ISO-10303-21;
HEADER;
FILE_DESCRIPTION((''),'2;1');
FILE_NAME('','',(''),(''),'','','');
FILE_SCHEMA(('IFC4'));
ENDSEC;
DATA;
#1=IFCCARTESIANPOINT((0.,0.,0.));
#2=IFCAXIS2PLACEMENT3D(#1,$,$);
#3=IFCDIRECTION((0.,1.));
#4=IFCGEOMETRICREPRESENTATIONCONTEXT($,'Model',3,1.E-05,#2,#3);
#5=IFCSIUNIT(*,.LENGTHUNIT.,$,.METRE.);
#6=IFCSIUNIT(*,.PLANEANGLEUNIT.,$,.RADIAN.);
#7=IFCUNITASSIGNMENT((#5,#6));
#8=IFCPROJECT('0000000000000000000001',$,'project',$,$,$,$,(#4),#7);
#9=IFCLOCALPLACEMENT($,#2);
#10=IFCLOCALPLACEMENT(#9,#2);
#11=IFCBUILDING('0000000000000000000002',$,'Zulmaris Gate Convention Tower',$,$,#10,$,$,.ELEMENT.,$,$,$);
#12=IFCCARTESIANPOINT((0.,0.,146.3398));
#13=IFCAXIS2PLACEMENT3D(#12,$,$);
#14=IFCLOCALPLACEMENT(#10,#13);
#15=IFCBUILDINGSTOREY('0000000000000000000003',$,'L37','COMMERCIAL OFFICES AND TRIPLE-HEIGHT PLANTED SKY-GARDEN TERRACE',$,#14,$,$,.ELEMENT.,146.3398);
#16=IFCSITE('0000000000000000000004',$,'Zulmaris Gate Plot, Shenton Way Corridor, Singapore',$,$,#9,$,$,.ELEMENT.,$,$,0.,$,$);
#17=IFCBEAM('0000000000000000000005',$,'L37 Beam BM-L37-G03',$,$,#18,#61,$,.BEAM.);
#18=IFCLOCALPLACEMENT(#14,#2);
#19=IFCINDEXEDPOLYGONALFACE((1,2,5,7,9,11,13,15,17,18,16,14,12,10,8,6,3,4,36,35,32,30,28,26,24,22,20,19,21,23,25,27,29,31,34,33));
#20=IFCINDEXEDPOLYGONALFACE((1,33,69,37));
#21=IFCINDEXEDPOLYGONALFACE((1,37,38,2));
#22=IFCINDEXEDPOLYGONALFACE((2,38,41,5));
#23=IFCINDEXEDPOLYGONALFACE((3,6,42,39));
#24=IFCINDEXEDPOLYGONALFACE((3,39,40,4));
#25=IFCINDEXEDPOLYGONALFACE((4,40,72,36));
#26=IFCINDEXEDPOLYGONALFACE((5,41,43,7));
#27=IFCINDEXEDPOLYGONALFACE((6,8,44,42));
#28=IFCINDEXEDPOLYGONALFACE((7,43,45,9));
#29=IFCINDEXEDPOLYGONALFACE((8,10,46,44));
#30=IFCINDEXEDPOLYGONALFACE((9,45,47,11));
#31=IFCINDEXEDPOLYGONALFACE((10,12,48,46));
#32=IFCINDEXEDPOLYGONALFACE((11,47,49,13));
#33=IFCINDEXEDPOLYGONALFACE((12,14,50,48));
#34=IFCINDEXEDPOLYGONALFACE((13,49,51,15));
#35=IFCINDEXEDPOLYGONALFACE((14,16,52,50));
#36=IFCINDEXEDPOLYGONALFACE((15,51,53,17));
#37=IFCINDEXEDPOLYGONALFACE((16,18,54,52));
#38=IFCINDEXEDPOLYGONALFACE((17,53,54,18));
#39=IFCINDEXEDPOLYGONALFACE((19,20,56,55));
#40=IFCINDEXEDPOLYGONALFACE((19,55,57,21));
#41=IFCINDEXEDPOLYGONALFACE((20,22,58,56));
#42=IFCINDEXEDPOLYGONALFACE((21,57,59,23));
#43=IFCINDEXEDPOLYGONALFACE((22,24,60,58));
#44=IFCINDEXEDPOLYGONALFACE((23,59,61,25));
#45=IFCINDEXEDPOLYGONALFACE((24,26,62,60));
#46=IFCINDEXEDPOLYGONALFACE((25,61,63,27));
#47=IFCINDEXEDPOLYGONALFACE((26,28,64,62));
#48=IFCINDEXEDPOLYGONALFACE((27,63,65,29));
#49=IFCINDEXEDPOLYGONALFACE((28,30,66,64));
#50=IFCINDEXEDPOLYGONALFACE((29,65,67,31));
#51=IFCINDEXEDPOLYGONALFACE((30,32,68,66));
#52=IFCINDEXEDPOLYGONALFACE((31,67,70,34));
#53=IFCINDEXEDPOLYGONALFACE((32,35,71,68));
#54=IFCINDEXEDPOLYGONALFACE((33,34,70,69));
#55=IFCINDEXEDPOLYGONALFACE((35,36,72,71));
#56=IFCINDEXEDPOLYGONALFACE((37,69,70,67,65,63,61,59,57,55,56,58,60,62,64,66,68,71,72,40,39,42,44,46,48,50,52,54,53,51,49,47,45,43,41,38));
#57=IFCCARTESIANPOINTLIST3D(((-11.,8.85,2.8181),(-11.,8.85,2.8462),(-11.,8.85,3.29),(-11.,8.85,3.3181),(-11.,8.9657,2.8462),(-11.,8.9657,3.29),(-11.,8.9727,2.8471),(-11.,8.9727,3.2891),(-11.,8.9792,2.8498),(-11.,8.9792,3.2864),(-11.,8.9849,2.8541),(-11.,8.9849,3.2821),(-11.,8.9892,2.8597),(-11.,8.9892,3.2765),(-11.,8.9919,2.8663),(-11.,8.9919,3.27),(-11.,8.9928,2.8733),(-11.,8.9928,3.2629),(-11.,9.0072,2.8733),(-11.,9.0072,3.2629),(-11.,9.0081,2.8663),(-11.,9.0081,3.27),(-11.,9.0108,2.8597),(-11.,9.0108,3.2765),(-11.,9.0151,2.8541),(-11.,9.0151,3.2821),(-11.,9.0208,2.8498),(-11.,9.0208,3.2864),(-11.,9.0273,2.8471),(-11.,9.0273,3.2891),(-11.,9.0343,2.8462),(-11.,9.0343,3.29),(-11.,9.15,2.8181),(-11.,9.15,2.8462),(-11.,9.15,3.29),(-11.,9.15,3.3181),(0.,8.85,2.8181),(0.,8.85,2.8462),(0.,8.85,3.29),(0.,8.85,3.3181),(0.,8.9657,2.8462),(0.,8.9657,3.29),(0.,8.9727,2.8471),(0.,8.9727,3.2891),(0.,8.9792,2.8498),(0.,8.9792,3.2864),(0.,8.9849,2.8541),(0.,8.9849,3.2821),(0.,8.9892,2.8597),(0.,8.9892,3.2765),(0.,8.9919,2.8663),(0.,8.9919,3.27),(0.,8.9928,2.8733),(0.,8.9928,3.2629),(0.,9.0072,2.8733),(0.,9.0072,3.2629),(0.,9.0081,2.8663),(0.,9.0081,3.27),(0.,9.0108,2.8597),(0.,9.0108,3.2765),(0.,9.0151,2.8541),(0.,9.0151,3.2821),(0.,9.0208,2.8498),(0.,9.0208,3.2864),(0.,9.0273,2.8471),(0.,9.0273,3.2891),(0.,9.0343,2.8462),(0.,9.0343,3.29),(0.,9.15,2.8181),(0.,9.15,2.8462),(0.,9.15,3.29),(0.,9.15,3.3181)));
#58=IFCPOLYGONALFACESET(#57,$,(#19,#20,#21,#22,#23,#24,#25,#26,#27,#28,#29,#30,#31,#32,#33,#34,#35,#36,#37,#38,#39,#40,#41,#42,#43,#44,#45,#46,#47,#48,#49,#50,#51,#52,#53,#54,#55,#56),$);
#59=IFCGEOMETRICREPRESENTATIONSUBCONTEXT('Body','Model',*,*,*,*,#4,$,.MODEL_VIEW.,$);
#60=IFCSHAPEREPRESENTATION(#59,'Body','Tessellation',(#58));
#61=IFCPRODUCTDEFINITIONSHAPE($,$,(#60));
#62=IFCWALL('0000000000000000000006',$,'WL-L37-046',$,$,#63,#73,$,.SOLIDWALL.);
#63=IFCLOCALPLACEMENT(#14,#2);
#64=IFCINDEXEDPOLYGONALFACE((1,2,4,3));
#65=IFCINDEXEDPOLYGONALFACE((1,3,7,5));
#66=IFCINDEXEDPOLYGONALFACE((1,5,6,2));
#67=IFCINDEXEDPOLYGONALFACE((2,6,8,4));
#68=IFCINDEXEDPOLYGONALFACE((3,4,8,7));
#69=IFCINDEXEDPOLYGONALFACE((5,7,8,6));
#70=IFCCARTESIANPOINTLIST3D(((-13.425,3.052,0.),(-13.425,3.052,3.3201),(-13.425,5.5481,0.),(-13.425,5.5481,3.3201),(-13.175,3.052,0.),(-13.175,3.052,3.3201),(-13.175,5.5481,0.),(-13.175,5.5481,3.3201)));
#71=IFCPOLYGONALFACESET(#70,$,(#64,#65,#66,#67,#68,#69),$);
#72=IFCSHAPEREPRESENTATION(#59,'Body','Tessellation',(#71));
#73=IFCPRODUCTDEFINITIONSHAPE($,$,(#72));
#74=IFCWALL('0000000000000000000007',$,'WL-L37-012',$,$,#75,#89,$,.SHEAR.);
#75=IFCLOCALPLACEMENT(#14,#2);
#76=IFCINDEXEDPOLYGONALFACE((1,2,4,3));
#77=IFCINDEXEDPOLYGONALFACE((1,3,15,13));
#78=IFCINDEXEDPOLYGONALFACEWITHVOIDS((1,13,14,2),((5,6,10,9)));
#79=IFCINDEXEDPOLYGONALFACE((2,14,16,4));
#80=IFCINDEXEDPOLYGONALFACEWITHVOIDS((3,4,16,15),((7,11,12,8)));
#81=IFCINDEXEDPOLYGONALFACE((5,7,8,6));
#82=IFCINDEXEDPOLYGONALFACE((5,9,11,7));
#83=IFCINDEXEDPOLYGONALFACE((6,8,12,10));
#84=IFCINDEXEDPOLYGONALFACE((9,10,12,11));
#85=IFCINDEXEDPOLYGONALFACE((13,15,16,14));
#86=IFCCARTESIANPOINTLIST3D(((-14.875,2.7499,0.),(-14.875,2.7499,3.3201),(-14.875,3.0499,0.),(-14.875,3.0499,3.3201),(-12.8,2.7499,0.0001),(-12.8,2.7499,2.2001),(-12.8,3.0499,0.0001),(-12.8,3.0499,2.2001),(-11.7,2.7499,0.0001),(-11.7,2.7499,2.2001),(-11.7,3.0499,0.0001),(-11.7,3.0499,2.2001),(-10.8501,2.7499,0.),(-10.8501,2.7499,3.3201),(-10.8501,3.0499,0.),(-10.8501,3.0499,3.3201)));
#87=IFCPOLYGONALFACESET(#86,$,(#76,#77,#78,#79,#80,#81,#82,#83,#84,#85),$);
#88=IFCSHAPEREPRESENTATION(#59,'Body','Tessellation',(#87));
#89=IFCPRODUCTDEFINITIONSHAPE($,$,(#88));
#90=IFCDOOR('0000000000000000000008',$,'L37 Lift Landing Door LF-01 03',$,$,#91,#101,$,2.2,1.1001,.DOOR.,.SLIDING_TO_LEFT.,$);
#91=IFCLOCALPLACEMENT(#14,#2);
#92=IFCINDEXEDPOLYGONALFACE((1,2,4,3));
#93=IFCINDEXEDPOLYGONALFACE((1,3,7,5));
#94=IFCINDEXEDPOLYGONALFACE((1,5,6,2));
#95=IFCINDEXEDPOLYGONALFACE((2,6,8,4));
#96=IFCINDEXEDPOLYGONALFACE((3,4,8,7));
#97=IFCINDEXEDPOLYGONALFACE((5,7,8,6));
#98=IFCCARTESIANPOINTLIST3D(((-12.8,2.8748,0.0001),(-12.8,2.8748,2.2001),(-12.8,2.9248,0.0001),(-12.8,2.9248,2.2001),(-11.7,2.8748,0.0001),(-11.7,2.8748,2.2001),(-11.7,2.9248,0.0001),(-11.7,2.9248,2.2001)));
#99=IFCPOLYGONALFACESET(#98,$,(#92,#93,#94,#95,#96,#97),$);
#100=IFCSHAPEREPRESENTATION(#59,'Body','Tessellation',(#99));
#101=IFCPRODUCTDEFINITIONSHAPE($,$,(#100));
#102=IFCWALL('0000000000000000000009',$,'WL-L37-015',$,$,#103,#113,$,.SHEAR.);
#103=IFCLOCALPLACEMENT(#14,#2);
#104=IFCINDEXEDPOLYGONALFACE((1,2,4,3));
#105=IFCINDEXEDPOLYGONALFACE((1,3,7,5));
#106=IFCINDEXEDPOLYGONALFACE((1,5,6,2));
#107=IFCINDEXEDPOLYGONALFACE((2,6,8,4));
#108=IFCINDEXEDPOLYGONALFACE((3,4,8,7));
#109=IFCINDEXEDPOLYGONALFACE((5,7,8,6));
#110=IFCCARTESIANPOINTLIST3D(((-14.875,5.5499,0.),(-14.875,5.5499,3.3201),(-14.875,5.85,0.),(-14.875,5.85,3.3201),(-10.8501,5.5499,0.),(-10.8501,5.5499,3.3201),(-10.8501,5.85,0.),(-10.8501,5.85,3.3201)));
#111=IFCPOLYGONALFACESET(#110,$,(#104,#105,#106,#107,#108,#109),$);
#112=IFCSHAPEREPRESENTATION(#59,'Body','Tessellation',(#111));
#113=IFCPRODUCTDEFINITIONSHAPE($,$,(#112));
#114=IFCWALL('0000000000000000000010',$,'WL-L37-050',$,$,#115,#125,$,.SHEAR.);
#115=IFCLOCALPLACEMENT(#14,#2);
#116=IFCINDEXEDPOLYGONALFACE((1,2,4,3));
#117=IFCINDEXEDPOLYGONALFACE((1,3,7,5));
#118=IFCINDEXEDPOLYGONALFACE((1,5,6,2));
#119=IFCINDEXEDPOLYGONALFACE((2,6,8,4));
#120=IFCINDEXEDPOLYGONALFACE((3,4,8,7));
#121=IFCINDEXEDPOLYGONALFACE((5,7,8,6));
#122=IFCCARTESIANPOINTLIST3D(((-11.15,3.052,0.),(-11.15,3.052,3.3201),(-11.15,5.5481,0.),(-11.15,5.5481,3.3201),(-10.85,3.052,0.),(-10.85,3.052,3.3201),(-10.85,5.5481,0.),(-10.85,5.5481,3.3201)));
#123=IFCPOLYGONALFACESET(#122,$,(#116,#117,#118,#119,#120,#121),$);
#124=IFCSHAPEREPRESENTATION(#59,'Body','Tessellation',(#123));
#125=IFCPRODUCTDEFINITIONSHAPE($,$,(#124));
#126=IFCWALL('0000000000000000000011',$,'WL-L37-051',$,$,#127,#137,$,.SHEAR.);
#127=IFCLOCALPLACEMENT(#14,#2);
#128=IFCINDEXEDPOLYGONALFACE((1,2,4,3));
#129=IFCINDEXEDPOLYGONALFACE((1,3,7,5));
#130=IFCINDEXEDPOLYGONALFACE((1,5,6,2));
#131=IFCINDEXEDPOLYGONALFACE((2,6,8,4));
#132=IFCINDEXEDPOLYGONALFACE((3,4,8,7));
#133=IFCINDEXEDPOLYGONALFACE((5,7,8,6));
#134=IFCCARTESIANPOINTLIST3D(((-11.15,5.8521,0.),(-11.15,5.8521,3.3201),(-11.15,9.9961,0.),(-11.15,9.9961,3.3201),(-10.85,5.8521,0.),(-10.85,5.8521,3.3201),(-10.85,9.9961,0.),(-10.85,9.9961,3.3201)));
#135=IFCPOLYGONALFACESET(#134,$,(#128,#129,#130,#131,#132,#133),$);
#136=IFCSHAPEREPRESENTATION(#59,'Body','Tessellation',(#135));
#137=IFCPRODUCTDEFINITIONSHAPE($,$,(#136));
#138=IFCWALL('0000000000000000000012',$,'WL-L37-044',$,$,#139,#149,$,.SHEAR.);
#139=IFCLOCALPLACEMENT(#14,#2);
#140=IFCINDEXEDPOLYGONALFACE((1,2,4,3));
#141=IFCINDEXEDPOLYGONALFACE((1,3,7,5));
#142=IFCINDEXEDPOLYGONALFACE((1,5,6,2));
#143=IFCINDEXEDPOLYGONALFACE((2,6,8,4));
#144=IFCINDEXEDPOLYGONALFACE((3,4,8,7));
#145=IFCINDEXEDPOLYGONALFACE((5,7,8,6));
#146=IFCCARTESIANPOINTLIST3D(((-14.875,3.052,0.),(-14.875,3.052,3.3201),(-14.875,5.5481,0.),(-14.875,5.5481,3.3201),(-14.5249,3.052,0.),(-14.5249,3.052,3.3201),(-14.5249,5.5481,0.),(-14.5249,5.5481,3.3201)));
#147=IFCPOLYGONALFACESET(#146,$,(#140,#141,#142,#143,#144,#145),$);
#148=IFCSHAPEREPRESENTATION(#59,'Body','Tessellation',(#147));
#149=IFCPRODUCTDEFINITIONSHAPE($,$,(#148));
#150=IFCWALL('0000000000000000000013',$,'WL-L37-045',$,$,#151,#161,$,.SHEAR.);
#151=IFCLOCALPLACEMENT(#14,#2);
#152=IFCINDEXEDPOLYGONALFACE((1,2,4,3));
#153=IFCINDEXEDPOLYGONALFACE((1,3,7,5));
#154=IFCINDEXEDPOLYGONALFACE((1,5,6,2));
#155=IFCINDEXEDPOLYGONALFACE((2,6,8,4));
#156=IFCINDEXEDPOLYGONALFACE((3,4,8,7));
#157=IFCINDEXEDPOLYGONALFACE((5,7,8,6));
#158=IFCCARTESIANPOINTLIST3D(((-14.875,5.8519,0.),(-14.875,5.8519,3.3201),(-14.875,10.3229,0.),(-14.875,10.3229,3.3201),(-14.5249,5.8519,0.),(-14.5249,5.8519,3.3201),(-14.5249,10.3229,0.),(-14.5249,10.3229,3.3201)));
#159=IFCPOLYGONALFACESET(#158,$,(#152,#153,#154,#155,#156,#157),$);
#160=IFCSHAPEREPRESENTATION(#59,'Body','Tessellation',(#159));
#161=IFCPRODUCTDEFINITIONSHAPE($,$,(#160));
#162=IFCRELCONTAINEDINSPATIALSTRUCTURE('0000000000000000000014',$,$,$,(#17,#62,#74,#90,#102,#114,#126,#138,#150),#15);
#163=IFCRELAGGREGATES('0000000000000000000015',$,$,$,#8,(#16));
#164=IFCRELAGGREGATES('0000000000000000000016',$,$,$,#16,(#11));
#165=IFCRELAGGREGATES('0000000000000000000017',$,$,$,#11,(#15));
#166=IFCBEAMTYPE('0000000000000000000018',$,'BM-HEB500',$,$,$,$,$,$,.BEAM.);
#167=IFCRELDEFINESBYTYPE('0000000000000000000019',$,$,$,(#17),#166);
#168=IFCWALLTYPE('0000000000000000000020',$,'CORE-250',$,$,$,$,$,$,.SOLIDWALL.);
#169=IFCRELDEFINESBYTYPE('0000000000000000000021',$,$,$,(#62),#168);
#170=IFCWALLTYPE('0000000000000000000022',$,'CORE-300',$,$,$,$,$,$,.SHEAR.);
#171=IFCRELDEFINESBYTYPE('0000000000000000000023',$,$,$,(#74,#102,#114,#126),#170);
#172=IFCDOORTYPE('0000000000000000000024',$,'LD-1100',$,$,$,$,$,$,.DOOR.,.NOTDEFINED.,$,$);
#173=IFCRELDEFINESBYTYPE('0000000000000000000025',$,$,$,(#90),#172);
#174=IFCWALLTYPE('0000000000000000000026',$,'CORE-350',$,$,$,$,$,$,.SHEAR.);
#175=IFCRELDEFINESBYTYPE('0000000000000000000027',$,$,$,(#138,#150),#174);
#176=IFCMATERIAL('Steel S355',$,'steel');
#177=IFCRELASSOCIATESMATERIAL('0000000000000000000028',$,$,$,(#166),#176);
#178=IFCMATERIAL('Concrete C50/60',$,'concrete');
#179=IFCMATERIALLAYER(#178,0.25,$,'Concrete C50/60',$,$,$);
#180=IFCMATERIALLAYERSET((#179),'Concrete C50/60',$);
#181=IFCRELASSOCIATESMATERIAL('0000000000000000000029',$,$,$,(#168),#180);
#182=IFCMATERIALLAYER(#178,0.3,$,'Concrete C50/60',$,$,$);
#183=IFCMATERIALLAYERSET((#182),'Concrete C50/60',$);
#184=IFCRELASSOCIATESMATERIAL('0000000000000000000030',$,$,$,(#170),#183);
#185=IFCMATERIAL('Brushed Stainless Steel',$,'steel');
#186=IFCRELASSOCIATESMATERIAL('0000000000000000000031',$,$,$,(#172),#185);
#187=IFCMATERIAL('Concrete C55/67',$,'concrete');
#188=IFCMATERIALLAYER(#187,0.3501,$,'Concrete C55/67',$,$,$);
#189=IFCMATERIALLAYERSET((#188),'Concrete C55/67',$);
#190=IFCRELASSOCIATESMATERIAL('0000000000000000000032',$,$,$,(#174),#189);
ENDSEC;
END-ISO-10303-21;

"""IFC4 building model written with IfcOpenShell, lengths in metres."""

from ifc_helpers import new_model, si_unit, direction, frame, frame_2d, origin, origin_2d, place, context, subcontext, project, spatial, rectangle, i_section, extrude, material, layer, layer_set, material_profile, profile_set, type_object, element, fill, save


model = new_model("IFC4")

# Units and contexts
model_context = context("Model", 3, precision=1e-05, world=origin(), true_north=direction((0.0, 1.0)))
body_context = subcontext(model_context, "Body", "Model", "MODEL_VIEW")
ifc_project = project(units=[si_unit("LENGTHUNIT", "METRE"), si_unit("PLANEANGLEUNIT", "RADIAN")], contexts=[model_context])

# Site, building, storey
site_placement = place(None, origin())
site = spatial("IfcSite", under=ifc_project, at=site_placement, Name="Zulmaris Gate Plot, Shenton Way Corridor, Singapore", CompositionType="ELEMENT", RefElevation=0.0)
building_placement = place(site_placement, origin())
building = spatial("IfcBuilding", under=site, at=building_placement, Name="Zulmaris Gate Convention Tower", CompositionType="ELEMENT")
storey_placement = place(building_placement, frame((0.0, 0.0, 146.3398)))
storey = spatial("IfcBuildingStorey", under=building, at=storey_placement, Name="L37", Description="COMMERCIAL OFFICES AND TRIPLE-HEIGHT PLANTED SKY-GARDEN TERRACE", CompositionType="ELEMENT", Elevation=146.3398)

# Beam
ifc_material_1 = material(Name="Steel S355", Category="steel")
ifc_material_profile = material_profile(ifc_material_1, i_section(OverallWidth=0.3, OverallDepth=0.5, WebThickness=0.0144, FlangeThickness=0.0281, FilletRadius=0.0271, at=origin_2d()), Name="HEB 500")
ifc_profile_set = profile_set([ifc_material_profile], Name="Steel S355")
beam_type = type_object("IfcBeamType", Name="BM-HEB500", PredefinedType="BEAM", material=ifc_profile_set)
beam_placement = place(storey_placement, frame((-11.0, 9.0, 3.0681), z_axis=(1.0, 0.0, 0.0), x_axis=(0.0, 1.0, 0.0)))
element("IfcBeam", 1, at=beam_placement, inside=storey, type_object=beam_type, Name="L37 Beam BM-L37-G03", PredefinedType="BEAM", context=body_context, shape_type="SweptSolid", body=[
    extrude(i_section(OverallWidth=0.3, OverallDepth=0.5, WebThickness=0.0144, FlangeThickness=0.0281, FilletRadius=0.0271, at=origin_2d()), origin(), (0.0, 0.0, 1.0), 11.0),
])

# Wall
ifc_material_2 = material(Name="Concrete C50/60", Category="concrete")
ifc_layer_1 = layer(ifc_material_2, 0.25, Name="Concrete C50/60")
ifc_layer_set_1 = layer_set([ifc_layer_1], Name="Concrete C50/60")
wall_type_1 = type_object("IfcWallType", Name="CORE-250", PredefinedType="SOLIDWALL", material=ifc_layer_set_1)
wall_1_placement = place(storey_placement, frame((-13.3, 3.052, 0.0), z_axis=(0.0, 0.0, 1.0), x_axis=(0.0, 1.0, 0.0)))
element("IfcWall", 2, at=wall_1_placement, inside=storey, type_object=wall_type_1, Name="WL-L37-046", PredefinedType="SOLIDWALL", context=body_context, shape_type="SweptSolid", body=[
    extrude(rectangle(XDim=2.4961, YDim=0.25, at=frame_2d((1.248, 0.0))), origin(), (0.0, 0.0, 1.0), 3.3201),
])

# Wall, opening, door
ifc_layer_2 = layer(ifc_material_2, 0.3, Name="Concrete C50/60")
ifc_layer_set_2 = layer_set([ifc_layer_2], Name="Concrete C50/60")
wall_type_2 = type_object("IfcWallType", Name="CORE-300", PredefinedType="SHEAR", material=ifc_layer_set_2)
wall_2_placement = place(storey_placement, frame((-14.875, 2.8999, 0.0), z_axis=(0.0, 0.0, 1.0), x_axis=(1.0, 0.0, 0.0)))
wall_2 = element("IfcWall", 3, at=wall_2_placement, inside=storey, type_object=wall_type_2, Name="WL-L37-012", PredefinedType="SHEAR", context=body_context, shape_type="SweptSolid", body=[
    extrude(rectangle(XDim=4.0249, YDim=0.3, at=frame_2d((2.0125, 0.0))), origin(), (0.0, 0.0, 1.0), 3.3201),
])
opening_1_placement = place(wall_2_placement, frame((2.075, 0.0, 0.0)))
opening_1 = element("IfcOpeningElement", 4, at=opening_1_placement, cuts=wall_2, PredefinedType="OPENING", context=body_context, shape_type="SweptSolid", body=[
    extrude(rectangle(XDim=1.1001, YDim=2.2, at=frame_2d((0.55, 1.1001))), frame((0.0, 0.1602, 0.0), z_axis=(0.0, -1.0, 0.0), x_axis=(1.0, 0.0, 0.0)), (0.0, 0.0, 1.0), 0.3201),
])
ifc_material_3 = material(Name="Brushed Stainless Steel", Category="steel")
door_type_1 = type_object("IfcDoorType", Name="LD-1100", OperationType="NOTDEFINED", PredefinedType="DOOR", material=ifc_material_3)
door_1_placement = place(opening_1_placement, origin())
door_1 = element("IfcDoor", 5, at=door_1_placement, inside=storey, type_object=door_type_1, Name="L37 Lift Landing Door LF-01 03", OperationType="SLIDING_TO_LEFT", OverallHeight=2.2, OverallWidth=1.1001, PredefinedType="DOOR", context=body_context, shape_type="SweptSolid", body=[
    extrude(rectangle(XDim=1.1001, YDim=2.2, at=frame_2d((0.55, 1.1001))), frame((0.0, 0.0249, 0.0), z_axis=(0.0, -1.0, 0.0), x_axis=(1.0, 0.0, 0.0)), (0.0, 0.0, 1.0), 0.05),
])
fill(opening_1, door_1)

# Wall
wall_3_placement = place(storey_placement, frame((-14.875, 5.7, 0.0), z_axis=(0.0, 0.0, 1.0), x_axis=(1.0, 0.0, 0.0)))
element("IfcWall", 6, at=wall_3_placement, inside=storey, type_object=wall_type_2, Name="WL-L37-015", PredefinedType="SHEAR", context=body_context, shape_type="SweptSolid", body=[
    extrude(rectangle(XDim=4.0249, YDim=0.3, at=frame_2d((2.0125, 0.0))), origin(), (0.0, 0.0, 1.0), 3.3201),
])

# Walls
wall_4_placement = place(storey_placement, frame((-11.0, 3.052, 0.0), z_axis=(0.0, 0.0, 1.0), x_axis=(0.0, 1.0, 0.0)))
element("IfcWall", 7, at=wall_4_placement, inside=storey, type_object=wall_type_2, Name="WL-L37-050", PredefinedType="SHEAR", context=body_context, shape_type="SweptSolid", body=[
    extrude(rectangle(XDim=2.4961, YDim=0.3, at=frame_2d((1.248, 0.0))), origin(), (0.0, 0.0, 1.0), 3.3201),
])
wall_5_placement = place(storey_placement, frame((-11.0, 5.8521, 0.0), z_axis=(0.0, 0.0, 1.0), x_axis=(0.0, 1.0, 0.0)))
element("IfcWall", 8, at=wall_5_placement, inside=storey, type_object=wall_type_2, Name="WL-L37-051", PredefinedType="SHEAR", context=body_context, shape_type="SweptSolid", body=[
    extrude(rectangle(XDim=4.144, YDim=0.3, at=frame_2d((2.072, 0.0))), origin(), (0.0, 0.0, 1.0), 3.3201),
])
ifc_material_4 = material(Name="Concrete C55/67", Category="concrete")
ifc_layer_3 = layer(ifc_material_4, 0.3501, Name="Concrete C55/67")
ifc_layer_set_3 = layer_set([ifc_layer_3], Name="Concrete C55/67")
wall_type_3 = type_object("IfcWallType", Name="CORE-350", PredefinedType="SHEAR", material=ifc_layer_set_3)
wall_6_placement = place(storey_placement, frame((-14.7, 3.052, 0.0), z_axis=(0.0, 0.0, 1.0), x_axis=(0.0, 1.0, 0.0)))
element("IfcWall", 9, at=wall_6_placement, inside=storey, type_object=wall_type_3, Name="WL-L37-044", PredefinedType="SHEAR", context=body_context, shape_type="SweptSolid", body=[
    extrude(rectangle(XDim=2.4961, YDim=0.3501, at=frame_2d((1.248, 0.0))), origin(), (0.0, 0.0, 1.0), 3.3201),
])
wall_7_placement = place(storey_placement, frame((-14.7, 5.8521, 0.0), z_axis=(0.0, 0.0, 1.0), x_axis=(0.0, 1.0, 0.0)))
element("IfcWall", 10, at=wall_7_placement, inside=storey, type_object=wall_type_3, Name="WL-L37-045", PredefinedType="SHEAR", context=body_context, shape_type="SweptSolid", body=[
    extrude(rectangle(XDim=4.4709, YDim=0.3501, at=frame_2d((2.2354, 0.0))), origin(), (0.0, 0.0, 1.0), 3.3201),
])

save(model, "model.ifc")
